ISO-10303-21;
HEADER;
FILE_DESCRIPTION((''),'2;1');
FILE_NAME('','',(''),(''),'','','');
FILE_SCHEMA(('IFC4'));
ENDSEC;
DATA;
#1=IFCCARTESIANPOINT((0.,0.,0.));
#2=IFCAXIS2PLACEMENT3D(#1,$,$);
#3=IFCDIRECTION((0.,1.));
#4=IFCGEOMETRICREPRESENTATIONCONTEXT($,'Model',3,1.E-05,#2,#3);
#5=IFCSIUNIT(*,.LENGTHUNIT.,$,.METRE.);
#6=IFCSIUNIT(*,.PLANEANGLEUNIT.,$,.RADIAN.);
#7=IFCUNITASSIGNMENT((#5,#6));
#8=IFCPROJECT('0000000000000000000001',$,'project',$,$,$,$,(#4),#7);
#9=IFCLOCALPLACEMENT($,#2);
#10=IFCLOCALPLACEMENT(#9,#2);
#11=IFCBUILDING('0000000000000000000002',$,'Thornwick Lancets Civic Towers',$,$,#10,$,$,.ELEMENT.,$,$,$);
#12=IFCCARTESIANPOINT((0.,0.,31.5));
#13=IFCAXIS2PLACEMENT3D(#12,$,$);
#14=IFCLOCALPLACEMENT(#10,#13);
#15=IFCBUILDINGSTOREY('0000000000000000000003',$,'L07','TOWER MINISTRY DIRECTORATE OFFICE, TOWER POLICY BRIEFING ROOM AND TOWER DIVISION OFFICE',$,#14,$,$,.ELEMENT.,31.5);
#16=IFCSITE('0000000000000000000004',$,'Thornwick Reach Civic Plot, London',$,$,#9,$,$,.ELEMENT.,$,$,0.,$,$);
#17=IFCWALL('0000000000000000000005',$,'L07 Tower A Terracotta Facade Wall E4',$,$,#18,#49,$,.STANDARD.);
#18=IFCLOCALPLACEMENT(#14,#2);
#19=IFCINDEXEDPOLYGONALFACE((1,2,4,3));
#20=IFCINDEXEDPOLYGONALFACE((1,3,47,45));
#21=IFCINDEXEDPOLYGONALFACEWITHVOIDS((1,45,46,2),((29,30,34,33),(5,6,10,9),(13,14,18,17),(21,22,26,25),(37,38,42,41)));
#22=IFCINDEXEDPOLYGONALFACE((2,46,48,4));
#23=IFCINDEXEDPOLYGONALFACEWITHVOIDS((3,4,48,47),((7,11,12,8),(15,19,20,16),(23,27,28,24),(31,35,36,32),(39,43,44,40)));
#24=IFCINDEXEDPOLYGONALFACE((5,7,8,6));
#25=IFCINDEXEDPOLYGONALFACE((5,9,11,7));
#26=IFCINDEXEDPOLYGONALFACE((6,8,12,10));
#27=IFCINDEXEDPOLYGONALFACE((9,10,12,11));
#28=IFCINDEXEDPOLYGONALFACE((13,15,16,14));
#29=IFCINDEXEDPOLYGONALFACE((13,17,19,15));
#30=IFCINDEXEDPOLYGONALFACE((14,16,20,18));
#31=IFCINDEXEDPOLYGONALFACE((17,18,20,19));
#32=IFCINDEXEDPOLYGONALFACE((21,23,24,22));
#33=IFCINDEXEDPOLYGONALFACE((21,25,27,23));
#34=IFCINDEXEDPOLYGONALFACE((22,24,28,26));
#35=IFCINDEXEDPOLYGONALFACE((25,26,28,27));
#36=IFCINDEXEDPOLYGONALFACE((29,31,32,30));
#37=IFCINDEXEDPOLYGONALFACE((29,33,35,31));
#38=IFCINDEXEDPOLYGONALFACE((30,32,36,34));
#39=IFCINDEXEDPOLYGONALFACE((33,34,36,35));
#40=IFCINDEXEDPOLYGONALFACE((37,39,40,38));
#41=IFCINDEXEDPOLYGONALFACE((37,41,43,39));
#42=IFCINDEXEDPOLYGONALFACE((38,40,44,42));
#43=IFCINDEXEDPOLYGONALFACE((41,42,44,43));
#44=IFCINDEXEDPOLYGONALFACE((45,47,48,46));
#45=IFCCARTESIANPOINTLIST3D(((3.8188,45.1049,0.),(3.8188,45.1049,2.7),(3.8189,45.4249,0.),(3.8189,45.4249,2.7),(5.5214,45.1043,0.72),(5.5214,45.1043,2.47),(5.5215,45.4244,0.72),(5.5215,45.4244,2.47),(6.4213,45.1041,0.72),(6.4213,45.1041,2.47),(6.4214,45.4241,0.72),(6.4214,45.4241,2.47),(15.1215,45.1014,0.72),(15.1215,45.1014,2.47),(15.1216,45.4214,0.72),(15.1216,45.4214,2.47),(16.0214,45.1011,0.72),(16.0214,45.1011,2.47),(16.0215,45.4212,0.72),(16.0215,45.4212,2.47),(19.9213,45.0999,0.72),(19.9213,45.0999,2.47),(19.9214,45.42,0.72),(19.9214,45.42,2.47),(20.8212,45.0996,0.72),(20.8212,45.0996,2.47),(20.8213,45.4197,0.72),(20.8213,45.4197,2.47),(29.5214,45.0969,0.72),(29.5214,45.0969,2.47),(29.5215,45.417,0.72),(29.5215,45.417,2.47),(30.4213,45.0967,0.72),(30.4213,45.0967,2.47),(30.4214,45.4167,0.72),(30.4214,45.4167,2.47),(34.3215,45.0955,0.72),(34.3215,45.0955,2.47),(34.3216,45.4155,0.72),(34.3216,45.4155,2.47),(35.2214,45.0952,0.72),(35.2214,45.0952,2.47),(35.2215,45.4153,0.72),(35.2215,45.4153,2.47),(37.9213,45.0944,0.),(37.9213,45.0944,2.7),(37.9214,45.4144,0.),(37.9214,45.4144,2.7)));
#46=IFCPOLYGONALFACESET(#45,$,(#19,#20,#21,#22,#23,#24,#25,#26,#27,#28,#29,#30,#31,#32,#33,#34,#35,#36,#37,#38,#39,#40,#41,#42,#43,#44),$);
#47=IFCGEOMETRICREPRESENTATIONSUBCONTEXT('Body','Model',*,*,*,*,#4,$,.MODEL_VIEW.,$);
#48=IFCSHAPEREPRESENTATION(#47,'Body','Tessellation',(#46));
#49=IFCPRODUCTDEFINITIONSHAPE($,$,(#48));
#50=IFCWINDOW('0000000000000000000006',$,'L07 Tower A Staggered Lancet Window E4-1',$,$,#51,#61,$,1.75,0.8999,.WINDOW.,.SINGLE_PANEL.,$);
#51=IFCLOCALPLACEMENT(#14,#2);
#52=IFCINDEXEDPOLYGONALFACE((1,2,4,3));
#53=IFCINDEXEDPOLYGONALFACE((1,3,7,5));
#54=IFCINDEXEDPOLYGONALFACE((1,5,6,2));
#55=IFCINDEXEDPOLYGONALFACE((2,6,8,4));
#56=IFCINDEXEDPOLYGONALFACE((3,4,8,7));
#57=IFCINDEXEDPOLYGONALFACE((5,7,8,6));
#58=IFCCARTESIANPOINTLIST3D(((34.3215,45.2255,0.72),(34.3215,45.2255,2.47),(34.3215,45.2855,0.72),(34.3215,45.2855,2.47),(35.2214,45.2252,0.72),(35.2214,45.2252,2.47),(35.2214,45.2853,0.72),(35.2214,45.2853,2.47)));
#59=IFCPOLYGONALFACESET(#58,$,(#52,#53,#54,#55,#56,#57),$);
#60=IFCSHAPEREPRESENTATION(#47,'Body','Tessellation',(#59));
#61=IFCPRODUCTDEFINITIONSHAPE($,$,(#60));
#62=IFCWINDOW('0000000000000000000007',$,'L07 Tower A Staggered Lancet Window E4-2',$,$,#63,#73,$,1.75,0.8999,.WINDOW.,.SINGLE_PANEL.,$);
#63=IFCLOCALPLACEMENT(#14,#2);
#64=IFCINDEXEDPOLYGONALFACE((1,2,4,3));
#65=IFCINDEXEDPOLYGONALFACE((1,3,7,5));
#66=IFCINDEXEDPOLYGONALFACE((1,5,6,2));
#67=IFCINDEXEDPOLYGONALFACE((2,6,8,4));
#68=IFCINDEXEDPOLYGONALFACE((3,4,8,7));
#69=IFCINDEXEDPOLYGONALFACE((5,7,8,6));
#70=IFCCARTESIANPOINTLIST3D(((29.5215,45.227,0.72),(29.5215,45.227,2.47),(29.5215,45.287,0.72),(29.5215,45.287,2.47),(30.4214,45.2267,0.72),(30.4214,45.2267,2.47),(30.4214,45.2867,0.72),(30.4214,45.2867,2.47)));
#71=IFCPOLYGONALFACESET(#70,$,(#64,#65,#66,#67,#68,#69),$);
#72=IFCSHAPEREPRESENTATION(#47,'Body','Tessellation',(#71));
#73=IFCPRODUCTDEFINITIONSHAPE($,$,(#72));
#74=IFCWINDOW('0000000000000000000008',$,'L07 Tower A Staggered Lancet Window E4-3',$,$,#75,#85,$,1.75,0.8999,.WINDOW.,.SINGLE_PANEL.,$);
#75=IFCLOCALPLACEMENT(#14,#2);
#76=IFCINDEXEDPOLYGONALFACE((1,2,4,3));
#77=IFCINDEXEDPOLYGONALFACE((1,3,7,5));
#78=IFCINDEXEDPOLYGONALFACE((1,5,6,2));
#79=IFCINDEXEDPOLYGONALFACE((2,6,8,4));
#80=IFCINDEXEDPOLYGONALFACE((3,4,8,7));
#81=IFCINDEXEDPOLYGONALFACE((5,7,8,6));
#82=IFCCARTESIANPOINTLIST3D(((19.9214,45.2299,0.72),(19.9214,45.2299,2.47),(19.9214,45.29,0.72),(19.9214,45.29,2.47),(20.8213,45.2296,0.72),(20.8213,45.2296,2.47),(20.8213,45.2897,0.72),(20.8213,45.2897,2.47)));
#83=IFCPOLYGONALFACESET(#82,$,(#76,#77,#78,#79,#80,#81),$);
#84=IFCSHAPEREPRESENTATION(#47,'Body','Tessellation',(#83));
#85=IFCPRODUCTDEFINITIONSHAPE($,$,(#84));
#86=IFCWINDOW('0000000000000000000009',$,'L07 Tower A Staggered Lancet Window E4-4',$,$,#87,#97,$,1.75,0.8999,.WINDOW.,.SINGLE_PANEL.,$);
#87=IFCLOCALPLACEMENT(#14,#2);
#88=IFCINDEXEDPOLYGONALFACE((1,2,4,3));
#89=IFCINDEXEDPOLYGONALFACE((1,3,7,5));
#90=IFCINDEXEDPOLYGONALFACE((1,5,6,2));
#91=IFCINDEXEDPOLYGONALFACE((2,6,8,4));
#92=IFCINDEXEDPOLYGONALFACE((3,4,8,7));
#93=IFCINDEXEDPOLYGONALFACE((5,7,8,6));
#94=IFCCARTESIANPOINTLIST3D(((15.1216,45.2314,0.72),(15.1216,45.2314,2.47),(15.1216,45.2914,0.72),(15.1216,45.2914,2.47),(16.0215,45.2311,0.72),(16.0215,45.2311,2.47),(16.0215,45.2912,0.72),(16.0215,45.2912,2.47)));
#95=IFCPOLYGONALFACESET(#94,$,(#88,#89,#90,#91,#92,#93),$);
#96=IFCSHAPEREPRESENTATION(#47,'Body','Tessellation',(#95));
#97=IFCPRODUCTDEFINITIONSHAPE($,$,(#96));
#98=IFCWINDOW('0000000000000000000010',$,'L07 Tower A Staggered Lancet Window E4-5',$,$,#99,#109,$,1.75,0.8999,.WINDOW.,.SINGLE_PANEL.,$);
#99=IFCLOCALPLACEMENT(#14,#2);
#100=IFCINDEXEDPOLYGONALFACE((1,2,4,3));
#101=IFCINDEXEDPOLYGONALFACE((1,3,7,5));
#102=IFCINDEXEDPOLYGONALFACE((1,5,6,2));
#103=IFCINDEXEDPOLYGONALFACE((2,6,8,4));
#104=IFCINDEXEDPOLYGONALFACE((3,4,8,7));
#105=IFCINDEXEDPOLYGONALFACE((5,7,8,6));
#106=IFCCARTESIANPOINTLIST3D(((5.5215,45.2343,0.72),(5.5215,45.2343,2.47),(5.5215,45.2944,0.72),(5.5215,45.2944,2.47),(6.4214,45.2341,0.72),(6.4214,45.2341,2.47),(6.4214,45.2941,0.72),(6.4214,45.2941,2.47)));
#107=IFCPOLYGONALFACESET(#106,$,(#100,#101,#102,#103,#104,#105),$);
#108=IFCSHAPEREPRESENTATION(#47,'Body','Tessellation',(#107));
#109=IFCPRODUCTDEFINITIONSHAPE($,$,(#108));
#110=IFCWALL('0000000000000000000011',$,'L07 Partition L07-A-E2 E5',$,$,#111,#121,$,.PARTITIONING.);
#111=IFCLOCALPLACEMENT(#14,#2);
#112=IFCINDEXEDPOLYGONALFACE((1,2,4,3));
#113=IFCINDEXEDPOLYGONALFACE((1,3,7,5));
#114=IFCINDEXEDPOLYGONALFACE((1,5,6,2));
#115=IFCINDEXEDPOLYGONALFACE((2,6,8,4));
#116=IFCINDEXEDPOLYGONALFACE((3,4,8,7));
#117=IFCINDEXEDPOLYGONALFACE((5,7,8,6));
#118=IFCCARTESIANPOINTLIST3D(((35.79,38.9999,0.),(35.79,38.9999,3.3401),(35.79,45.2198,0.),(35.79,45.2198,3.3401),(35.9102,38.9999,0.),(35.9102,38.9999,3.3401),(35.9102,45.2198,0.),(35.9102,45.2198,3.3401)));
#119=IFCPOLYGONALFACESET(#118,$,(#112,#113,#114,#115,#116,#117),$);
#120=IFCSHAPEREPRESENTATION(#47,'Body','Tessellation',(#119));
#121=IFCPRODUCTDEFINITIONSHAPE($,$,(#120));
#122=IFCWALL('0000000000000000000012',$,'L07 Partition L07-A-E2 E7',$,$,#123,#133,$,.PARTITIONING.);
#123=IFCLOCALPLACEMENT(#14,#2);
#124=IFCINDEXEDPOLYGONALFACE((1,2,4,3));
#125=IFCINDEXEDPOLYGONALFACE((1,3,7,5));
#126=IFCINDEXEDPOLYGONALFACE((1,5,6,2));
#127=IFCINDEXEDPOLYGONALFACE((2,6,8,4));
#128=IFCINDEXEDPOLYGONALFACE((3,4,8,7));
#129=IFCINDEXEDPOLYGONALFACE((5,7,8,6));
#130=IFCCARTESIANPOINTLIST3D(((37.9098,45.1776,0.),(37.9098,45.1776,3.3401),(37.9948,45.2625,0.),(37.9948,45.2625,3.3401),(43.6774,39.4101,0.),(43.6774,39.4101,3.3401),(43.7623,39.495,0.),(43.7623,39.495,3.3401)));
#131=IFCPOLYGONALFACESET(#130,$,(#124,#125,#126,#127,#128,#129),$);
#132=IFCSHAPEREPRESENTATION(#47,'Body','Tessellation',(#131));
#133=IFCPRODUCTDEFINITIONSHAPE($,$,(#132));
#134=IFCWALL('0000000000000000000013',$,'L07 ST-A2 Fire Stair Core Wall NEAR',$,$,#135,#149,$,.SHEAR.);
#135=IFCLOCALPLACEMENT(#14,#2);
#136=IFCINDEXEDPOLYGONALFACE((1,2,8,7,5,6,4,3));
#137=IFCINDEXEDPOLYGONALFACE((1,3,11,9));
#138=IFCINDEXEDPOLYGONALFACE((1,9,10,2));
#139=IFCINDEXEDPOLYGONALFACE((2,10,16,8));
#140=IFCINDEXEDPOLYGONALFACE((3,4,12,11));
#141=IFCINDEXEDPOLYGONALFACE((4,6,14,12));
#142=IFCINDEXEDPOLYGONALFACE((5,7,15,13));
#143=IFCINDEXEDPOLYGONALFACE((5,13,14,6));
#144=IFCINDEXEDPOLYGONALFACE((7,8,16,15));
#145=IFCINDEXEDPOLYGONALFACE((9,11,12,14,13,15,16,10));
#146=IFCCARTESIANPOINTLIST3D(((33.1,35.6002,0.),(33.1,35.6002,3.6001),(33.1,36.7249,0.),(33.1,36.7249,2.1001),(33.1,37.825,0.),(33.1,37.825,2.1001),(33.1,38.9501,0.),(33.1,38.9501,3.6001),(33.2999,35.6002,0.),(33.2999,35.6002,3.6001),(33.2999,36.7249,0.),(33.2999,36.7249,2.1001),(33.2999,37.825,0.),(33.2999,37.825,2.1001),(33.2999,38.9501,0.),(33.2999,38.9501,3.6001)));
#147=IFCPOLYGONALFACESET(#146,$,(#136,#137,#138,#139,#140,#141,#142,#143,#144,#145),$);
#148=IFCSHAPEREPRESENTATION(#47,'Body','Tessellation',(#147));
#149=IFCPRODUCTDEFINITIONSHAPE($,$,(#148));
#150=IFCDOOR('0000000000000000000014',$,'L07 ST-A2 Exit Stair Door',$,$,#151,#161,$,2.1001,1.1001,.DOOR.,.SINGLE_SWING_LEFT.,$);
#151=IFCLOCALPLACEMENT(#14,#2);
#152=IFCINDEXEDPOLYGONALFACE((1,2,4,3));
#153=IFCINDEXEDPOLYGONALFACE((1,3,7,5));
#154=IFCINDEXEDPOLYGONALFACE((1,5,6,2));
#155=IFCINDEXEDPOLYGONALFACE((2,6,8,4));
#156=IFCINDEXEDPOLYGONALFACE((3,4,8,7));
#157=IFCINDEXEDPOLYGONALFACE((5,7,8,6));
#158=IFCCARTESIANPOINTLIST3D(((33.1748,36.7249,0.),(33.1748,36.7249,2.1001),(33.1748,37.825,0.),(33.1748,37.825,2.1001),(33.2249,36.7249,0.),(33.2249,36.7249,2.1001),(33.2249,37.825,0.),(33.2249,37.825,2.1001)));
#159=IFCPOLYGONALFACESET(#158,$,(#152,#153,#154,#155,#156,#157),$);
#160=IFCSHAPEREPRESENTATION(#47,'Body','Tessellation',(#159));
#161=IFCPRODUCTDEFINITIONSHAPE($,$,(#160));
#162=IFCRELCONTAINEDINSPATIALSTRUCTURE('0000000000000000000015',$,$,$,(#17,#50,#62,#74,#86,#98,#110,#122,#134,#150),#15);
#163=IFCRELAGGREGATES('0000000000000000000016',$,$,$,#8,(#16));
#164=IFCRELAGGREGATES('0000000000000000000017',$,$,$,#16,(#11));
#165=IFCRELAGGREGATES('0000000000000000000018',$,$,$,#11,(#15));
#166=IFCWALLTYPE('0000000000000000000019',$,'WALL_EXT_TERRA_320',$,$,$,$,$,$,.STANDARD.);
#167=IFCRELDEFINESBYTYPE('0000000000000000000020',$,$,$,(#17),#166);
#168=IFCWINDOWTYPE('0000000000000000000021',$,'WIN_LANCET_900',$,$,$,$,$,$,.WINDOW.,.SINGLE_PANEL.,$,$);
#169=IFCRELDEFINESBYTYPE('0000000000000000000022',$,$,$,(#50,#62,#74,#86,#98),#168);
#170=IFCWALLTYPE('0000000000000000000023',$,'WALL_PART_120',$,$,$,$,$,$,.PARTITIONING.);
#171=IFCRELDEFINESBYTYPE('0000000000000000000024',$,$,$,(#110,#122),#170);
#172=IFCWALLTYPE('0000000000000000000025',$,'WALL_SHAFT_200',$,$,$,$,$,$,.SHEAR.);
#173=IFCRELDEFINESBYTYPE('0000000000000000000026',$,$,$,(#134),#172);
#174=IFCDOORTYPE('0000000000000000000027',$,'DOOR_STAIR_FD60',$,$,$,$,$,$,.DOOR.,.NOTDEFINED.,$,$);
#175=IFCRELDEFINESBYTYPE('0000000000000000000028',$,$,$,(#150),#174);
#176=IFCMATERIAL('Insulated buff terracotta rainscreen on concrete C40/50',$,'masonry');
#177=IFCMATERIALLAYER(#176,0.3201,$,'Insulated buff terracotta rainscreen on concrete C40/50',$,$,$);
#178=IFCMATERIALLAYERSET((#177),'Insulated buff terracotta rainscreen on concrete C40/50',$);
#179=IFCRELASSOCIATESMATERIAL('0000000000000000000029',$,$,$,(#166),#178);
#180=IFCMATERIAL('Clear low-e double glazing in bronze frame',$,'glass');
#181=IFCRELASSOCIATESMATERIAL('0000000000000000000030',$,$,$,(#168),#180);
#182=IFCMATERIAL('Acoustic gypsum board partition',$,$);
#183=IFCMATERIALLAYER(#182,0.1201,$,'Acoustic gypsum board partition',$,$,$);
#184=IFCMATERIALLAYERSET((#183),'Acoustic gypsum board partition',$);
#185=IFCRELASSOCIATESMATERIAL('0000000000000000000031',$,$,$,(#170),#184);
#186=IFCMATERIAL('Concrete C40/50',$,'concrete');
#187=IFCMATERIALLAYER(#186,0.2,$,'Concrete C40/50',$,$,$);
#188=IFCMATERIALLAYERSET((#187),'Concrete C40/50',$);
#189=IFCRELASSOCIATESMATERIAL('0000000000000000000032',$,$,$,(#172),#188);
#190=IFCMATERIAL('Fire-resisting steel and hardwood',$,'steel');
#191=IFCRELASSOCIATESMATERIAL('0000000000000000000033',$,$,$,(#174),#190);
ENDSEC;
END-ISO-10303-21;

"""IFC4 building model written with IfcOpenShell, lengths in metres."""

from ifc_helpers import new_model, si_unit, direction, frame, frame_2d, origin, place, context, subcontext, project, spatial, rectangle, extrude, material, layer, layer_set, type_object, element, fill, save


model = new_model("IFC4")

# Units and contexts
model_context = context("Model", 3, precision=1e-05, world=origin(), true_north=direction((0.0, 1.0)))
body_context = subcontext(model_context, "Body", "Model", "MODEL_VIEW")
ifc_project = project(units=[si_unit("LENGTHUNIT", "METRE"), si_unit("PLANEANGLEUNIT", "RADIAN")], contexts=[model_context])

# Site, building, storey
site_placement = place(None, origin())
site = spatial("IfcSite", under=ifc_project, at=site_placement, Name="Thornwick Reach Civic Plot, London", CompositionType="ELEMENT", RefElevation=0.0)
building_placement = place(site_placement, origin())
building = spatial("IfcBuilding", under=site, at=building_placement, Name="Thornwick Lancets Civic Towers", CompositionType="ELEMENT")
storey_placement = place(building_placement, frame((0.0, 0.0, 31.5)))
storey = spatial("IfcBuildingStorey", under=building, at=storey_placement, Name="L07", Description="TOWER MINISTRY DIRECTORATE OFFICE, TOWER POLICY BRIEFING ROOM AND TOWER DIVISION OFFICE", CompositionType="ELEMENT", Elevation=31.5)

# Wall, openings, windows
ifc_material_1 = material(Name="Insulated buff terracotta rainscreen on concrete C40/50", Category="masonry")
ifc_layer_1 = layer(ifc_material_1, 0.3201, Name="Insulated buff terracotta rainscreen on concrete C40/50")
ifc_layer_set_1 = layer_set([ifc_layer_1], Name="Insulated buff terracotta rainscreen on concrete C40/50")
wall_type_1 = type_object("IfcWallType", Name="WALL_EXT_TERRA_320", PredefinedType="STANDARD", material=ifc_layer_set_1)
wall_1_placement = place(storey_placement, frame((37.9214, 45.2544, 0.0), z_axis=(0.0, 0.0, 1.0), x_axis=(-1.0, 0.000308, 0.0)))
wall_1 = element("IfcWall", 1, at=wall_1_placement, inside=storey, type_object=wall_type_1, Name="L07 Tower A Terracotta Facade Wall E4", PredefinedType="STANDARD", context=body_context, shape_type="SweptSolid", body=[
    extrude(rectangle(XDim=34.1025, YDim=0.3201, at=frame_2d((17.0513, 0.0))), origin(), (0.0, 0.0, 1.0), 2.7),
])
opening_1_placement = place(wall_1_placement, frame((2.7, 0.0, 0.72)))
opening_1 = element("IfcOpeningElement", 2, at=opening_1_placement, cuts=wall_1, PredefinedType="OPENING", context=body_context, shape_type="SweptSolid", body=[
    extrude(rectangle(XDim=0.8999, YDim=1.75, at=frame_2d((0.45, 0.875))), frame((0.0, 0.1699, 0.0), z_axis=(0.0, -1.0, 0.0), x_axis=(1.0, 0.0, 0.0)), (0.0, 0.0, 1.0), 0.3401),
])
opening_2_placement = place(wall_1_placement, frame((7.5, 0.0, 0.72)))
opening_2 = element("IfcOpeningElement", 3, at=opening_2_placement, cuts=wall_1, PredefinedType="OPENING", context=body_context, shape_type="SweptSolid", body=[
    extrude(rectangle(XDim=0.8999, YDim=1.75, at=frame_2d((0.45, 0.875))), frame((0.0, 0.1699, 0.0), z_axis=(0.0, -1.0, 0.0), x_axis=(1.0, 0.0, 0.0)), (0.0, 0.0, 1.0), 0.3401),
])
opening_3_placement = place(wall_1_placement, frame((17.1001, 0.0, 0.72)))
opening_3 = element("IfcOpeningElement", 4, at=opening_3_placement, cuts=wall_1, PredefinedType="OPENING", context=body_context, shape_type="SweptSolid", body=[
    extrude(rectangle(XDim=0.8999, YDim=1.75, at=frame_2d((0.45, 0.875))), frame((0.0, 0.1699, 0.0), z_axis=(0.0, -1.0, 0.0), x_axis=(1.0, 0.0, 0.0)), (0.0, 0.0, 1.0), 0.3401),
])
opening_4_placement = place(wall_1_placement, frame((21.8999, 0.0, 0.72)))
opening_4 = element("IfcOpeningElement", 5, at=opening_4_placement, cuts=wall_1, PredefinedType="OPENING", context=body_context, shape_type="SweptSolid", body=[
    extrude(rectangle(XDim=0.8999, YDim=1.75, at=frame_2d((0.45, 0.875))), frame((0.0, 0.1699, 0.0), z_axis=(0.0, -1.0, 0.0), x_axis=(1.0, 0.0, 0.0)), (0.0, 0.0, 1.0), 0.3401),
])
opening_5_placement = place(wall_1_placement, frame((31.5, 0.0, 0.72)))
opening_5 = element("IfcOpeningElement", 6, at=opening_5_placement, cuts=wall_1, PredefinedType="OPENING", context=body_context, shape_type="SweptSolid", body=[
    extrude(rectangle(XDim=0.8999, YDim=1.75, at=frame_2d((0.45, 0.875))), frame((0.0, 0.1699, 0.0), z_axis=(0.0, -1.0, 0.0), x_axis=(1.0, 0.0, 0.0)), (0.0, 0.0, 1.0), 0.3401),
])
ifc_material_2 = material(Name="Clear low-e double glazing in bronze frame", Category="glass")
window_type = type_object("IfcWindowType", Name="WIN_LANCET_900", PartitioningType="SINGLE_PANEL", PredefinedType="WINDOW", material=ifc_material_2)
window_1_placement = place(opening_1_placement, origin())
window_1 = element("IfcWindow", 7, at=window_1_placement, inside=storey, type_object=window_type, Name="L07 Tower A Staggered Lancet Window E4-1", OverallHeight=1.75, OverallWidth=0.8999, PartitioningType="SINGLE_PANEL", PredefinedType="WINDOW", context=body_context, shape_type="SweptSolid", body=[
    extrude(rectangle(XDim=0.8999, YDim=1.75, at=frame_2d((0.45, 0.875))), frame((0.0, 0.03, 0.0), z_axis=(0.0, -1.0, 0.0), x_axis=(1.0, 0.0, 0.0)), (0.0, 0.0, 1.0), 0.0601),
])
fill(opening_1, window_1)
window_2_placement = place(opening_2_placement, origin())
window_2 = element("IfcWindow", 8, at=window_2_placement, inside=storey, type_object=window_type, Name="L07 Tower A Staggered Lancet Window E4-2", OverallHeight=1.75, OverallWidth=0.8999, PartitioningType="SINGLE_PANEL", PredefinedType="WINDOW", context=body_context, shape_type="SweptSolid", body=[
    extrude(rectangle(XDim=0.8999, YDim=1.75, at=frame_2d((0.45, 0.875))), frame((0.0, 0.03, 0.0), z_axis=(0.0, -1.0, 0.0), x_axis=(1.0, 0.0, 0.0)), (0.0, 0.0, 1.0), 0.0601),
])
fill(opening_2, window_2)
window_3_placement = place(opening_3_placement, origin())
window_3 = element("IfcWindow", 9, at=window_3_placement, inside=storey, type_object=window_type, Name="L07 Tower A Staggered Lancet Window E4-3", OverallHeight=1.75, OverallWidth=0.8999, PartitioningType="SINGLE_PANEL", PredefinedType="WINDOW", context=body_context, shape_type="SweptSolid", body=[
    extrude(rectangle(XDim=0.8999, YDim=1.75, at=frame_2d((0.45, 0.875))), frame((0.0, 0.03, 0.0), z_axis=(0.0, -1.0, 0.0), x_axis=(1.0, 0.0, 0.0)), (0.0, 0.0, 1.0), 0.0601),
])
fill(opening_3, window_3)
window_4_placement = place(opening_4_placement, origin())
window_4 = element("IfcWindow", 10, at=window_4_placement, inside=storey, type_object=window_type, Name="L07 Tower A Staggered Lancet Window E4-4", OverallHeight=1.75, OverallWidth=0.8999, PartitioningType="SINGLE_PANEL", PredefinedType="WINDOW", context=body_context, shape_type="SweptSolid", body=[
    extrude(rectangle(XDim=0.8999, YDim=1.75, at=frame_2d((0.45, 0.875))), frame((0.0, 0.03, 0.0), z_axis=(0.0, -1.0, 0.0), x_axis=(1.0, 0.0, 0.0)), (0.0, 0.0, 1.0), 0.0601),
])
fill(opening_4, window_4)
window_5_placement = place(opening_5_placement, origin())
window_5 = element("IfcWindow", 11, at=window_5_placement, inside=storey, type_object=window_type, Name="L07 Tower A Staggered Lancet Window E4-5", OverallHeight=1.75, OverallWidth=0.8999, PartitioningType="SINGLE_PANEL", PredefinedType="WINDOW", context=body_context, shape_type="SweptSolid", body=[
    extrude(rectangle(XDim=0.8999, YDim=1.75, at=frame_2d((0.45, 0.875))), frame((0.0, 0.03, 0.0), z_axis=(0.0, -1.0, 0.0), x_axis=(1.0, 0.0, 0.0)), (0.0, 0.0, 1.0), 0.0601),
])
fill(opening_5, window_5)

# Walls
ifc_material_3 = material(Name="Acoustic gypsum board partition")
ifc_layer_2 = layer(ifc_material_3, 0.1201, Name="Acoustic gypsum board partition")
ifc_layer_set_2 = layer_set([ifc_layer_2], Name="Acoustic gypsum board partition")
wall_type_2 = type_object("IfcWallType", Name="WALL_PART_120", PredefinedType="PARTITIONING", material=ifc_layer_set_2)
wall_2_placement = place(storey_placement, frame((35.8501, 39.0, 0.0), z_axis=(0.0, 0.0, 1.0), x_axis=(0.0, 1.0, 0.0)))
element("IfcWall", 12, at=wall_2_placement, inside=storey, type_object=wall_type_2, Name="L07 Partition L07-A-E2 E5", PredefinedType="PARTITIONING", context=body_context, shape_type="SweptSolid", body=[
    extrude(rectangle(XDim=6.22, YDim=0.1201, at=frame_2d((3.1099, 0.0))), origin(), (0.0, 0.0, 1.0), 3.3401),
])
wall_3_placement = place(storey_placement, frame((37.9524, 45.22, 0.0), z_axis=(0.0, 0.0, 1.0), x_axis=(0.707107, -0.707107, 0.0)))
element("IfcWall", 13, at=wall_3_placement, inside=storey, type_object=wall_type_2, Name="L07 Partition L07-A-E2 E7", PredefinedType="PARTITIONING", context=body_context, shape_type="SweptSolid", body=[
    extrude(rectangle(XDim=8.1565, YDim=0.1201, at=frame_2d((4.0781, 0.0))), origin(), (0.0, 0.0, 1.0), 3.3401),
])

# Wall, opening, door
ifc_material_4 = material(Name="Concrete C40/50", Category="concrete")
ifc_layer_3 = layer(ifc_material_4, 0.2, Name="Concrete C40/50")
ifc_layer_set_3 = layer_set([ifc_layer_3], Name="Concrete C40/50")
wall_type_3 = type_object("IfcWallType", Name="WALL_SHAFT_200", PredefinedType="SHEAR", material=ifc_layer_set_3)
wall_4_placement = place(storey_placement, frame((33.2, 38.95, 0.0), z_axis=(0.0, 0.0, 1.0), x_axis=(0.0, -1.0, 0.0)))
wall_4 = element("IfcWall", 14, at=wall_4_placement, inside=storey, type_object=wall_type_3, Name="L07 ST-A2 Fire Stair Core Wall NEAR", PredefinedType="SHEAR", context=body_context, shape_type="SweptSolid", body=[
    extrude(rectangle(XDim=3.3499, YDim=0.2, at=frame_2d((1.6748, 0.0))), origin(), (0.0, 0.0, 1.0), 3.6001),
])
opening_6_placement = place(wall_4_placement, frame((1.125, 0.0, 0.0)))
opening_6 = element("IfcOpeningElement", 15, at=opening_6_placement, cuts=wall_4, PredefinedType="OPENING", context=body_context, shape_type="SweptSolid", body=[
    extrude(rectangle(XDim=1.1001, YDim=2.1001, at=frame_2d((0.55, 1.05))), frame((0.0, 0.1099, 0.0), z_axis=(0.0, -1.0, 0.0), x_axis=(1.0, 0.0, 0.0)), (0.0, 0.0, 1.0), 0.22),
])
ifc_material_5 = material(Name="Fire-resisting steel and hardwood", Category="steel")
door_type = type_object("IfcDoorType", Name="DOOR_STAIR_FD60", OperationType="NOTDEFINED", PredefinedType="DOOR", material=ifc_material_5)
door_placement = place(opening_6_placement, origin())
door = element("IfcDoor", 16, at=door_placement, inside=storey, type_object=door_type, Name="L07 ST-A2 Exit Stair Door", OperationType="SINGLE_SWING_LEFT", OverallHeight=2.1001, OverallWidth=1.1001, PredefinedType="DOOR", context=body_context, shape_type="SweptSolid", body=[
    extrude(rectangle(XDim=1.1001, YDim=2.1001, at=frame_2d((0.55, 1.05))), frame((0.0, 0.0249, 0.0), z_axis=(0.0, -1.0, 0.0), x_axis=(1.0, 0.0, 0.0)), (0.0, 0.0, 1.0), 0.05),
])
fill(opening_6, door)

save(model, "model.ifc")
